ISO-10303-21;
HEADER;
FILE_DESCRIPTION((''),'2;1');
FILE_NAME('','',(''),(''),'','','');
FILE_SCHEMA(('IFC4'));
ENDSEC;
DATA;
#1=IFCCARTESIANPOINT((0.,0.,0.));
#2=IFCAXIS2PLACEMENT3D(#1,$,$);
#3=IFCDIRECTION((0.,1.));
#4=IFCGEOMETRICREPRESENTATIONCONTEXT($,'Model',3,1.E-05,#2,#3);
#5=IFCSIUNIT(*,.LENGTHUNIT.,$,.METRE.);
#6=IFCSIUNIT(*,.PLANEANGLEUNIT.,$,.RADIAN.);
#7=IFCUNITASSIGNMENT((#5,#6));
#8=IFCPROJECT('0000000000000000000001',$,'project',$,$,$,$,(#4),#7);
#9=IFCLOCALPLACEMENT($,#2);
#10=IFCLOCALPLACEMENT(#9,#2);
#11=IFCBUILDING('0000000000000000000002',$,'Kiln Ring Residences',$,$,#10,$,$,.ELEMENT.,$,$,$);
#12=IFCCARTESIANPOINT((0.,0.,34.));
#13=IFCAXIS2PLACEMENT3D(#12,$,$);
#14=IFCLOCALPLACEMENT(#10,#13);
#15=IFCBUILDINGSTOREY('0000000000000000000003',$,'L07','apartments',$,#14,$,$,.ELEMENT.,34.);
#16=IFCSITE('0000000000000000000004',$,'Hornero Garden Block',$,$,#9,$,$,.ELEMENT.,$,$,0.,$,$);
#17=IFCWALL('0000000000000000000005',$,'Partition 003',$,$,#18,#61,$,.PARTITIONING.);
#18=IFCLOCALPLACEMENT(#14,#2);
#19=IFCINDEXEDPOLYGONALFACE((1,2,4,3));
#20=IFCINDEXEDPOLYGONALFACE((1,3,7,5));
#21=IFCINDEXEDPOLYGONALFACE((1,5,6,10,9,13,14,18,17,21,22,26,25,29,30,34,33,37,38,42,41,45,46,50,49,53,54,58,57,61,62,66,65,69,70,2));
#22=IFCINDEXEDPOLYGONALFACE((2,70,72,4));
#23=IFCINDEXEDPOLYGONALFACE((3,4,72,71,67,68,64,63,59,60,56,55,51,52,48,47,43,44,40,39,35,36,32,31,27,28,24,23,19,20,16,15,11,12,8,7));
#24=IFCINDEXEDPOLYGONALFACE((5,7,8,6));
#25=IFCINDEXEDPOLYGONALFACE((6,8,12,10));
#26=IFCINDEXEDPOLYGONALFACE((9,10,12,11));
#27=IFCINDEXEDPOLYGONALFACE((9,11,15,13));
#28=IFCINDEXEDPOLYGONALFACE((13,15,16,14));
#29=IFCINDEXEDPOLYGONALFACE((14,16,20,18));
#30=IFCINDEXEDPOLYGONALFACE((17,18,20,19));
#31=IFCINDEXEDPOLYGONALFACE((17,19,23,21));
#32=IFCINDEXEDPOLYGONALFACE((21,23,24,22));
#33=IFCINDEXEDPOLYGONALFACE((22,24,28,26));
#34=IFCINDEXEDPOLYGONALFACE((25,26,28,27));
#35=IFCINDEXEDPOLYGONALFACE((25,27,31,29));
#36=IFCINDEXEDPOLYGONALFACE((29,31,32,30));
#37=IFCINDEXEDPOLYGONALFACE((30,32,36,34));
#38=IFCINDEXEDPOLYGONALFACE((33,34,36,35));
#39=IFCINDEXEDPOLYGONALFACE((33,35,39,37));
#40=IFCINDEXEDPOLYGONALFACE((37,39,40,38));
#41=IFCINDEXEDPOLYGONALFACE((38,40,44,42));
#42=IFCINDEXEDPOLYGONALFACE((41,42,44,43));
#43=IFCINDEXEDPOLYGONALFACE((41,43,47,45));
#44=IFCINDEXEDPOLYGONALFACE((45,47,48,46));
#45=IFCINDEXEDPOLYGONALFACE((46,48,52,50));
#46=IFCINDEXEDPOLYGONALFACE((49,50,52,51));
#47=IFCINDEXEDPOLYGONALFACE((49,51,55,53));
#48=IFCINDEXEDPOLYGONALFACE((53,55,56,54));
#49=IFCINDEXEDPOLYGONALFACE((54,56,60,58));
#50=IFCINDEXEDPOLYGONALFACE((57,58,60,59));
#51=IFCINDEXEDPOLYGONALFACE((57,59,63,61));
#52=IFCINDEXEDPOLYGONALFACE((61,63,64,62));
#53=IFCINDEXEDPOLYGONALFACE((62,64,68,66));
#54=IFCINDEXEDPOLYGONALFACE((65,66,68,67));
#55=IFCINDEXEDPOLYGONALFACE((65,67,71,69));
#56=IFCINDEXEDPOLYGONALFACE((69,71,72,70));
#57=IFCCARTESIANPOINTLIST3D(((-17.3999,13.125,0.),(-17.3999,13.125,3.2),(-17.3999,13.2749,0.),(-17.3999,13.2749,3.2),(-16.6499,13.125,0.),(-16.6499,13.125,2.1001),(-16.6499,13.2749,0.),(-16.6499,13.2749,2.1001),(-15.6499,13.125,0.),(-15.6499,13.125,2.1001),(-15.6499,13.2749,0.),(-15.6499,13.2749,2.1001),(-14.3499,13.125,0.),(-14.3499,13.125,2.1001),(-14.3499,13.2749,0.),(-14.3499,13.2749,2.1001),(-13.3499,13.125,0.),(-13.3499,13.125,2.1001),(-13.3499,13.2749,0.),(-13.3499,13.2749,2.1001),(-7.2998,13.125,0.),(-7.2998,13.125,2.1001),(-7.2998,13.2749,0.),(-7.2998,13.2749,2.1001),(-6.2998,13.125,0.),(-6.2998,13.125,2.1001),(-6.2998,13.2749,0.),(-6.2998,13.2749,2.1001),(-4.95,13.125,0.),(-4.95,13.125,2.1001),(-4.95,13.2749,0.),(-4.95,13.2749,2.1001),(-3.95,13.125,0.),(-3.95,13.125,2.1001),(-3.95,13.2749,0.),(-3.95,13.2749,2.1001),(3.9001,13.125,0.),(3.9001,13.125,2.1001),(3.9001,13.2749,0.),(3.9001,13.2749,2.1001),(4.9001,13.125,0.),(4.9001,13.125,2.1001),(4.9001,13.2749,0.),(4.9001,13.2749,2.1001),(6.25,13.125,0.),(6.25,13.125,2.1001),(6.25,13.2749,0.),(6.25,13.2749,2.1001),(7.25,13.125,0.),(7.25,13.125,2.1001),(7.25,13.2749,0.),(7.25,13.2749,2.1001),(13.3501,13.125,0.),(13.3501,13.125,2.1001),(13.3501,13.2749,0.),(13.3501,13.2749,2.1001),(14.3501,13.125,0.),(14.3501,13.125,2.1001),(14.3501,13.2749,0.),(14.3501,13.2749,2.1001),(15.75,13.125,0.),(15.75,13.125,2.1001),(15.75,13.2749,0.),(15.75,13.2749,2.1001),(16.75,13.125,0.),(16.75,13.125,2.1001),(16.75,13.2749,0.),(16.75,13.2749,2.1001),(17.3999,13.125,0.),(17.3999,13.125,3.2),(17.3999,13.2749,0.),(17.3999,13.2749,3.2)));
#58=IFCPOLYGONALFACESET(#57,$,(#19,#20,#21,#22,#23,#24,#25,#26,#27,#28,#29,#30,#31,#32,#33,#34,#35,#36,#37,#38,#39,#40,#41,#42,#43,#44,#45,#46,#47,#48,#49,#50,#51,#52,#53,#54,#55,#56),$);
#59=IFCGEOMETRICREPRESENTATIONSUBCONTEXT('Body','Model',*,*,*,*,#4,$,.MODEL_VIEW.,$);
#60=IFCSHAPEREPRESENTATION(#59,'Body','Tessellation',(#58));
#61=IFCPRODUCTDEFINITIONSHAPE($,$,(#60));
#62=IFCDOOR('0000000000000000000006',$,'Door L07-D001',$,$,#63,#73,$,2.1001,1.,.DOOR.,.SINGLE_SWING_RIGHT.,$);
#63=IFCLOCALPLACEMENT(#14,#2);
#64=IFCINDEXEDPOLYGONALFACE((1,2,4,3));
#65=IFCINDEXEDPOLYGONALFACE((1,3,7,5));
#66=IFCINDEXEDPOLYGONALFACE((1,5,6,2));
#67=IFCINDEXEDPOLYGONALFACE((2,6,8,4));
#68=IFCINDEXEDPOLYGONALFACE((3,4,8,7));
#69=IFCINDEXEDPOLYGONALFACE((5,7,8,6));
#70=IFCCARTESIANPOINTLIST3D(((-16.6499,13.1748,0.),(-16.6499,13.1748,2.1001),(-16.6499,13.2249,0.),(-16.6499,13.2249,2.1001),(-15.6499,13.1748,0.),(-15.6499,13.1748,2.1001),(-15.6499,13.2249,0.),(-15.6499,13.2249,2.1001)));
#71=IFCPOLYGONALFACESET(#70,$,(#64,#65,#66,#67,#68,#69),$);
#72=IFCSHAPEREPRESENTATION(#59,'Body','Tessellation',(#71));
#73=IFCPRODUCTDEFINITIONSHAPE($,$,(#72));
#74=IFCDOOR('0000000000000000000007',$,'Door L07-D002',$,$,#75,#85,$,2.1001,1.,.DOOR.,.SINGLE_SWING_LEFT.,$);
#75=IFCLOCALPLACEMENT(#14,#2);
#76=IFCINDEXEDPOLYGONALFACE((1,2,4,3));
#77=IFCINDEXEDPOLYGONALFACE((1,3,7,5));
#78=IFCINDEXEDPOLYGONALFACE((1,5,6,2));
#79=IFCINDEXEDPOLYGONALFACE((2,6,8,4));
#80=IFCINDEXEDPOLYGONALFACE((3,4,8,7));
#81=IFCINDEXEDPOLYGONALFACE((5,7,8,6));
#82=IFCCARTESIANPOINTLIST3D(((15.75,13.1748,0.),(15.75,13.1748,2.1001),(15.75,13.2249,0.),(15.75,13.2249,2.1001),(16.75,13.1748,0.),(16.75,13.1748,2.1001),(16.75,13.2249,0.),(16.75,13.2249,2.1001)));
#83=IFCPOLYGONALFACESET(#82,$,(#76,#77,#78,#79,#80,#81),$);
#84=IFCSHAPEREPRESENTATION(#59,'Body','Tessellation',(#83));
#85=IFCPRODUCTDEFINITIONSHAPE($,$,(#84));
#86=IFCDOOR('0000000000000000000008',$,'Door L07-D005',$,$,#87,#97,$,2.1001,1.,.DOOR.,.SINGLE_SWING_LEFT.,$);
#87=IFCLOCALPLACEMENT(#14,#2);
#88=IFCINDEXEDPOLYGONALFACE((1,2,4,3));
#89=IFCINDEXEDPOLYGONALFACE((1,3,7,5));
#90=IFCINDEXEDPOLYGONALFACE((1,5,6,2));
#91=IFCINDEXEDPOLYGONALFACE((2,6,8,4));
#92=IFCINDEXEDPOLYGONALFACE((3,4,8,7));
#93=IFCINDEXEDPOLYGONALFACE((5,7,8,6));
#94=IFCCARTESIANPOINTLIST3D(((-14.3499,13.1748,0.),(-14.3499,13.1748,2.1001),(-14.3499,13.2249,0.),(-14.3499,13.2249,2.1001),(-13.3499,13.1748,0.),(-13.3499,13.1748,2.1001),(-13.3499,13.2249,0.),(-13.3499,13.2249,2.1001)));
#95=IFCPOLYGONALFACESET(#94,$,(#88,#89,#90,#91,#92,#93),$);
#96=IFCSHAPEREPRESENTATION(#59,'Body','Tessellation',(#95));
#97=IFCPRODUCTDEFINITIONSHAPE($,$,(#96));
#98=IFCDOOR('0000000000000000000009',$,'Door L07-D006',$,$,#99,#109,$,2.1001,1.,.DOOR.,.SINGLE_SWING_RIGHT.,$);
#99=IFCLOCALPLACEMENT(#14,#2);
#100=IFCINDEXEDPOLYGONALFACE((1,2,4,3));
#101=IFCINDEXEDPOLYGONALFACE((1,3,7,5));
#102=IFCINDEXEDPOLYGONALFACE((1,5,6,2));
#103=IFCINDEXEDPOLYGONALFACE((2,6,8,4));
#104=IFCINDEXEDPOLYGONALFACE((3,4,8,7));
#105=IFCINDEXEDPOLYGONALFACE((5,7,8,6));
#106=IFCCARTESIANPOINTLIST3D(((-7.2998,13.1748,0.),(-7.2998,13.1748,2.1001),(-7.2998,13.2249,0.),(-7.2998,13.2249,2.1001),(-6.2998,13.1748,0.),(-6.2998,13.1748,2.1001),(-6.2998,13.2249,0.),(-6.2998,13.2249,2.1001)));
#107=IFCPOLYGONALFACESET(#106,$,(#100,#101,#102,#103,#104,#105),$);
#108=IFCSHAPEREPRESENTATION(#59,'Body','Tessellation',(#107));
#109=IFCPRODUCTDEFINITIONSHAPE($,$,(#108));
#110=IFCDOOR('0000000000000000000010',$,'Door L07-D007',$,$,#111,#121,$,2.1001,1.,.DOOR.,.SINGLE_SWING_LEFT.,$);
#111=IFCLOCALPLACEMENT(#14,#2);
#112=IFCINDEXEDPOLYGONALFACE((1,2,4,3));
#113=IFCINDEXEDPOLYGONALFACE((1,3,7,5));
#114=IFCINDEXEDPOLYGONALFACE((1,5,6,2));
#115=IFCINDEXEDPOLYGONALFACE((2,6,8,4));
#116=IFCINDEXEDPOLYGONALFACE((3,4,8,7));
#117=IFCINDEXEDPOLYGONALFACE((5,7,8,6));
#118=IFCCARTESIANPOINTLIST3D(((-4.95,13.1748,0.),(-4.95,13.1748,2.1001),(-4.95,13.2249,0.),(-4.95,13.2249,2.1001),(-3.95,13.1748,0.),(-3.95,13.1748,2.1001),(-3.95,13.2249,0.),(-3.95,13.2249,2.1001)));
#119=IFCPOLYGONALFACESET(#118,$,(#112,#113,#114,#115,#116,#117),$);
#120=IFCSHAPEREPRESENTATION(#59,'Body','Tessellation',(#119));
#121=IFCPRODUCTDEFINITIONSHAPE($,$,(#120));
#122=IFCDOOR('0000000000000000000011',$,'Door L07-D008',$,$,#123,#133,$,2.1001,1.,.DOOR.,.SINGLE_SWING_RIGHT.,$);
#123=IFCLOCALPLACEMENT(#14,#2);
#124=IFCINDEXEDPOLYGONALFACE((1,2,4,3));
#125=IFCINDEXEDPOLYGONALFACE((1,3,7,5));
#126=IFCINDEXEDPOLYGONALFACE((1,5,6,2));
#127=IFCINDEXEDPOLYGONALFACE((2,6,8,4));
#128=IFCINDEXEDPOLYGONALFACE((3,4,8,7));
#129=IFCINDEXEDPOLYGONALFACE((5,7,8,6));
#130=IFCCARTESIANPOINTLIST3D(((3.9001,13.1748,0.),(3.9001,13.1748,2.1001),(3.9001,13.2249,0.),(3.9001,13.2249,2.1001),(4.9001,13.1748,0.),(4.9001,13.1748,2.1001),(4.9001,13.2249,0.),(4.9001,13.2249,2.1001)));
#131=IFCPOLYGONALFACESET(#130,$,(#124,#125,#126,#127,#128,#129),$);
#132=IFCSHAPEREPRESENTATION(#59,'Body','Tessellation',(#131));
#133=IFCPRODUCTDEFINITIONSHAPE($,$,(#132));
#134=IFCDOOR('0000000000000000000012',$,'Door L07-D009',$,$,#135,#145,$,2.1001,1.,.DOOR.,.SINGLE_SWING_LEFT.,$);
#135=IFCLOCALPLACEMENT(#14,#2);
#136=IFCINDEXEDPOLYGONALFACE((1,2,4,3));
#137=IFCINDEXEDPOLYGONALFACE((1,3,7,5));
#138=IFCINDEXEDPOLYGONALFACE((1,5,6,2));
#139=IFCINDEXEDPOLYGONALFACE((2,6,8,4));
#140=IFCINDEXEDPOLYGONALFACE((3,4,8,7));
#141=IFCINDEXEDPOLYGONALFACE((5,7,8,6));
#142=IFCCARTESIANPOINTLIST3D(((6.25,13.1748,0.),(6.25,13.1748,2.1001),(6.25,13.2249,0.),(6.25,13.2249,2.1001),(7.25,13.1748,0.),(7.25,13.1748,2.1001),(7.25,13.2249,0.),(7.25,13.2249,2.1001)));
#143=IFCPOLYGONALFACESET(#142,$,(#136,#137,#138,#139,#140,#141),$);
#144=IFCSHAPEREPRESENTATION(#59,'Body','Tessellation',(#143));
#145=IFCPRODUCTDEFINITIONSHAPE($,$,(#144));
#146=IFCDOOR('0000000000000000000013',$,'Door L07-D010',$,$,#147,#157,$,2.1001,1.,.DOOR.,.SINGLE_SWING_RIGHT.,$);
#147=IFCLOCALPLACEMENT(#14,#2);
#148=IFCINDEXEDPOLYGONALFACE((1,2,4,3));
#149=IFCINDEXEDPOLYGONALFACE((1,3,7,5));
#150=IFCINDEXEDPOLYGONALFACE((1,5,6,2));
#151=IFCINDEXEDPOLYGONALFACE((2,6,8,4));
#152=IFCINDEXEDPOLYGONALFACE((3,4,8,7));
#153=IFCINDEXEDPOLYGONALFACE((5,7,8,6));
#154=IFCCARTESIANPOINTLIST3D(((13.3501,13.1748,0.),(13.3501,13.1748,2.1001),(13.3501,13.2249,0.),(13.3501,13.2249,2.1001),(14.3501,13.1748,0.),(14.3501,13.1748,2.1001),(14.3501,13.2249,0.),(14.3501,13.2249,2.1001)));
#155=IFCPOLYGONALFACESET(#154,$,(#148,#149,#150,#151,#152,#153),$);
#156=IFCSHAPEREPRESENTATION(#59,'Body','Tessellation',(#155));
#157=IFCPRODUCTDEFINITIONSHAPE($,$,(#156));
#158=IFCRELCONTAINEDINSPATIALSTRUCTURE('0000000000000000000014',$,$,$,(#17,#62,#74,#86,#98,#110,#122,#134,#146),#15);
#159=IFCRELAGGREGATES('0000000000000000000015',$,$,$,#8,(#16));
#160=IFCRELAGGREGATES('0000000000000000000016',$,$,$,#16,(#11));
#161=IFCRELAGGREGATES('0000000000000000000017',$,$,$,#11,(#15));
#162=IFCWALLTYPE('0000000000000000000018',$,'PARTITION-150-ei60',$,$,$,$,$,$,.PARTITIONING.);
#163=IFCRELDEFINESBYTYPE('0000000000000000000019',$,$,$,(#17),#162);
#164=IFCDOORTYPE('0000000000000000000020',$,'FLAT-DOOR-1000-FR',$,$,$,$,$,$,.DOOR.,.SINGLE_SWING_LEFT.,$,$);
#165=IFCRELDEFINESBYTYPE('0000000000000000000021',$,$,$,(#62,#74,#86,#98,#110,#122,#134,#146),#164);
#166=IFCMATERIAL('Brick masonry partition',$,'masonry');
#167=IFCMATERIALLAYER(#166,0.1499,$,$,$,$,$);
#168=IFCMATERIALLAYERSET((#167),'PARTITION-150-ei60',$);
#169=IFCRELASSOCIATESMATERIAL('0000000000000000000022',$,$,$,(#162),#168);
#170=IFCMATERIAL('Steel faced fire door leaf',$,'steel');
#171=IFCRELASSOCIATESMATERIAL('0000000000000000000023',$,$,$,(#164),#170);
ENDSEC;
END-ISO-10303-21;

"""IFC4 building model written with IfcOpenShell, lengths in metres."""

from ifc_helpers import new_model, si_unit, direction, frame, frame_2d, origin, place, context, subcontext, project, spatial, rectangle, extrude, material, layer, layer_set, type_object, element, fill, save


model = new_model("IFC4")

# Units and contexts
model_context = context("Model", 3, precision=1e-05, world=origin(), true_north=direction((0.0, 1.0)))
body_context = subcontext(model_context, "Body", "Model", "MODEL_VIEW")
ifc_project = project(units=[si_unit("LENGTHUNIT", "METRE"), si_unit("PLANEANGLEUNIT", "RADIAN")], contexts=[model_context])

# Site, building, storey
site_placement = place(None, origin())
site = spatial("IfcSite", under=ifc_project, at=site_placement, Name="Hornero Garden Block", CompositionType="ELEMENT", RefElevation=0.0)
building_placement = place(site_placement, origin())
building = spatial("IfcBuilding", under=site, at=building_placement, Name="Kiln Ring Residences", CompositionType="ELEMENT")
storey_placement = place(building_placement, frame((0.0, 0.0, 34.0)))
storey = spatial("IfcBuildingStorey", under=building, at=storey_placement, Name="L07", Description="apartments", CompositionType="ELEMENT", Elevation=34.0)

# Wall, openings, doors
ifc_material_1 = material(Name="Brick masonry partition", Category="masonry")
ifc_layer_1 = layer(ifc_material_1, 0.1499)
ifc_layer_set_1 = layer_set([ifc_layer_1], Name="PARTITION-150-ei60")
wall_type_1 = type_object("IfcWallType", Name="PARTITION-150-ei60", PredefinedType="PARTITIONING", material=ifc_layer_set_1)
wall_1_placement = place(storey_placement, frame((-17.3999, 13.2, 0.0), z_axis=(0.0, 0.0, 1.0), x_axis=(1.0, 0.0, 0.0)))
wall_1 = element("IfcWall", 1, at=wall_1_placement, inside=storey, type_object=wall_type_1, Name="Partition 003", PredefinedType="PARTITIONING", context=body_context, shape_type="SweptSolid", body=[
    extrude(rectangle(XDim=34.7998, YDim=0.1499, at=frame_2d((17.3999, 0.0))), origin(), (0.0, 0.0, 1.0), 3.2),
])
opening_1_placement = place(wall_1_placement, frame((0.75, 0.0, 0.0)))
opening_1 = element("IfcOpeningElement", 2, at=opening_1_placement, cuts=wall_1, PredefinedType="OPENING", context=body_context, shape_type="SweptSolid", body=[
    extrude(rectangle(XDim=1.0, YDim=2.1001, at=frame_2d((0.5, 1.05))), frame((0.0, 0.085, 0.0), z_axis=(0.0, -1.0, 0.0), x_axis=(1.0, 0.0, 0.0)), (0.0, 0.0, 1.0), 0.1699),
])
opening_2_placement = place(wall_1_placement, frame((33.1499, 0.0, 0.0)))
opening_2 = element("IfcOpeningElement", 3, at=opening_2_placement, cuts=wall_1, PredefinedType="OPENING", context=body_context, shape_type="SweptSolid", body=[
    extrude(rectangle(XDim=1.0, YDim=2.1001, at=frame_2d((0.5, 1.05))), frame((0.0, 0.085, 0.0), z_axis=(0.0, -1.0, 0.0), x_axis=(1.0, 0.0, 0.0)), (0.0, 0.0, 1.0), 0.1699),
])
opening_3_placement = place(wall_1_placement, frame((3.05, 0.0, 0.0)))
opening_3 = element("IfcOpeningElement", 4, at=opening_3_placement, cuts=wall_1, PredefinedType="OPENING", context=body_context, shape_type="SweptSolid", body=[
    extrude(rectangle(XDim=1.0, YDim=2.1001, at=frame_2d((0.5, 1.05))), frame((0.0, 0.085, 0.0), z_axis=(0.0, -1.0, 0.0), x_axis=(1.0, 0.0, 0.0)), (0.0, 0.0, 1.0), 0.1699),
])
opening_4_placement = place(wall_1_placement, frame((10.1001, 0.0, 0.0)))
opening_4 = element("IfcOpeningElement", 5, at=opening_4_placement, cuts=wall_1, PredefinedType="OPENING", context=body_context, shape_type="SweptSolid", body=[
    extrude(rectangle(XDim=1.0, YDim=2.1001, at=frame_2d((0.5, 1.05))), frame((0.0, 0.085, 0.0), z_axis=(0.0, -1.0, 0.0), x_axis=(1.0, 0.0, 0.0)), (0.0, 0.0, 1.0), 0.1699),
])
opening_5_placement = place(wall_1_placement, frame((12.45, 0.0, 0.0)))
opening_5 = element("IfcOpeningElement", 6, at=opening_5_placement, cuts=wall_1, PredefinedType="OPENING", context=body_context, shape_type="SweptSolid", body=[
    extrude(rectangle(XDim=1.0, YDim=2.1001, at=frame_2d((0.5, 1.05))), frame((0.0, 0.085, 0.0), z_axis=(0.0, -1.0, 0.0), x_axis=(1.0, 0.0, 0.0)), (0.0, 0.0, 1.0), 0.1699),
])
opening_6_placement = place(wall_1_placement, frame((21.3, 0.0, 0.0)))
opening_6 = element("IfcOpeningElement", 7, at=opening_6_placement, cuts=wall_1, PredefinedType="OPENING", context=body_context, shape_type="SweptSolid", body=[
    extrude(rectangle(XDim=1.0, YDim=2.1001, at=frame_2d((0.5, 1.05))), frame((0.0, 0.085, 0.0), z_axis=(0.0, -1.0, 0.0), x_axis=(1.0, 0.0, 0.0)), (0.0, 0.0, 1.0), 0.1699),
])
opening_7_placement = place(wall_1_placement, frame((23.6499, 0.0, 0.0)))
opening_7 = element("IfcOpeningElement", 8, at=opening_7_placement, cuts=wall_1, PredefinedType="OPENING", context=body_context, shape_type="SweptSolid", body=[
    extrude(rectangle(XDim=1.0, YDim=2.1001, at=frame_2d((0.5, 1.05))), frame((0.0, 0.085, 0.0), z_axis=(0.0, -1.0, 0.0), x_axis=(1.0, 0.0, 0.0)), (0.0, 0.0, 1.0), 0.1699),
])
opening_8_placement = place(wall_1_placement, frame((30.75, 0.0, 0.0)))
opening_8 = element("IfcOpeningElement", 9, at=opening_8_placement, cuts=wall_1, PredefinedType="OPENING", context=body_context, shape_type="SweptSolid", body=[
    extrude(rectangle(XDim=1.0, YDim=2.1001, at=frame_2d((0.5, 1.05))), frame((0.0, 0.085, 0.0), z_axis=(0.0, -1.0, 0.0), x_axis=(1.0, 0.0, 0.0)), (0.0, 0.0, 1.0), 0.1699),
])
ifc_material_2 = material(Name="Steel faced fire door leaf", Category="steel")
door_type = type_object("IfcDoorType", Name="FLAT-DOOR-1000-FR", OperationType="SINGLE_SWING_LEFT", PredefinedType="DOOR", material=ifc_material_2)
door_1_placement = place(opening_1_placement, origin())
door_1 = element("IfcDoor", 10, at=door_1_placement, inside=storey, type_object=door_type, Name="Door L07-D001", OperationType="SINGLE_SWING_RIGHT", OverallHeight=2.1001, OverallWidth=1.0, PredefinedType="DOOR", context=body_context, shape_type="SweptSolid", body=[
    extrude(rectangle(XDim=1.0, YDim=2.1001, at=frame_2d((0.5, 1.05))), frame((0.0, 0.0249, 0.0), z_axis=(0.0, -1.0, 0.0), x_axis=(1.0, 0.0, 0.0)), (0.0, 0.0, 1.0), 0.05),
])
fill(opening_1, door_1)
door_2_placement = place(opening_2_placement, origin())
door_2 = element("IfcDoor", 11, at=door_2_placement, inside=storey, type_object=door_type, Name="Door L07-D002", OperationType="SINGLE_SWING_LEFT", OverallHeight=2.1001, OverallWidth=1.0, PredefinedType="DOOR", context=body_context, shape_type="SweptSolid", body=[
    extrude(rectangle(XDim=1.0, YDim=2.1001, at=frame_2d((0.5, 1.05))), frame((0.0, 0.0249, 0.0), z_axis=(0.0, -1.0, 0.0), x_axis=(1.0, 0.0, 0.0)), (0.0, 0.0, 1.0), 0.05),
])
fill(opening_2, door_2)
door_3_placement = place(opening_3_placement, origin())
door_3 = element("IfcDoor", 12, at=door_3_placement, inside=storey, type_object=door_type, Name="Door L07-D005", OperationType="SINGLE_SWING_LEFT", OverallHeight=2.1001, OverallWidth=1.0, PredefinedType="DOOR", context=body_context, shape_type="SweptSolid", body=[
    extrude(rectangle(XDim=1.0, YDim=2.1001, at=frame_2d((0.5, 1.05))), frame((0.0, 0.0249, 0.0), z_axis=(0.0, -1.0, 0.0), x_axis=(1.0, 0.0, 0.0)), (0.0, 0.0, 1.0), 0.05),
])
fill(opening_3, door_3)
door_4_placement = place(opening_4_placement, origin())
door_4 = element("IfcDoor", 13, at=door_4_placement, inside=storey, type_object=door_type, Name="Door L07-D006", OperationType="SINGLE_SWING_RIGHT", OverallHeight=2.1001, OverallWidth=1.0, PredefinedType="DOOR", context=body_context, shape_type="SweptSolid", body=[
    extrude(rectangle(XDim=1.0, YDim=2.1001, at=frame_2d((0.5, 1.05))), frame((0.0, 0.0249, 0.0), z_axis=(0.0, -1.0, 0.0), x_axis=(1.0, 0.0, 0.0)), (0.0, 0.0, 1.0), 0.05),
])
fill(opening_4, door_4)
door_5_placement = place(opening_5_placement, origin())
door_5 = element("IfcDoor", 14, at=door_5_placement, inside=storey, type_object=door_type, Name="Door L07-D007", OperationType="SINGLE_SWING_LEFT", OverallHeight=2.1001, OverallWidth=1.0, PredefinedType="DOOR", context=body_context, shape_type="SweptSolid", body=[
    extrude(rectangle(XDim=1.0, YDim=2.1001, at=frame_2d((0.5, 1.05))), frame((0.0, 0.0249, 0.0), z_axis=(0.0, -1.0, 0.0), x_axis=(1.0, 0.0, 0.0)), (0.0, 0.0, 1.0), 0.05),
])
fill(opening_5, door_5)
door_6_placement = place(opening_6_placement, origin())
door_6 = element("IfcDoor", 15, at=door_6_placement, inside=storey, type_object=door_type, Name="Door L07-D008", OperationType="SINGLE_SWING_RIGHT", OverallHeight=2.1001, OverallWidth=1.0, PredefinedType="DOOR", context=body_context, shape_type="SweptSolid", body=[
    extrude(rectangle(XDim=1.0, YDim=2.1001, at=frame_2d((0.5, 1.05))), frame((0.0, 0.0249, 0.0), z_axis=(0.0, -1.0, 0.0), x_axis=(1.0, 0.0, 0.0)), (0.0, 0.0, 1.0), 0.05),
])
fill(opening_6, door_6)
door_7_placement = place(opening_7_placement, origin())
door_7 = element("IfcDoor", 16, at=door_7_placement, inside=storey, type_object=door_type, Name="Door L07-D009", OperationType="SINGLE_SWING_LEFT", OverallHeight=2.1001, OverallWidth=1.0, PredefinedType="DOOR", context=body_context, shape_type="SweptSolid", body=[
    extrude(rectangle(XDim=1.0, YDim=2.1001, at=frame_2d((0.5, 1.05))), frame((0.0, 0.0249, 0.0), z_axis=(0.0, -1.0, 0.0), x_axis=(1.0, 0.0, 0.0)), (0.0, 0.0, 1.0), 0.05),
])
fill(opening_7, door_7)
door_8_placement = place(opening_8_placement, origin())
door_8 = element("IfcDoor", 17, at=door_8_placement, inside=storey, type_object=door_type, Name="Door L07-D010", OperationType="SINGLE_SWING_RIGHT", OverallHeight=2.1001, OverallWidth=1.0, PredefinedType="DOOR", context=body_context, shape_type="SweptSolid", body=[
    extrude(rectangle(XDim=1.0, YDim=2.1001, at=frame_2d((0.5, 1.05))), frame((0.0, 0.0249, 0.0), z_axis=(0.0, -1.0, 0.0), x_axis=(1.0, 0.0, 0.0)), (0.0, 0.0, 1.0), 0.05),
])
fill(opening_8, door_8)

save(model, "model.ifc")
